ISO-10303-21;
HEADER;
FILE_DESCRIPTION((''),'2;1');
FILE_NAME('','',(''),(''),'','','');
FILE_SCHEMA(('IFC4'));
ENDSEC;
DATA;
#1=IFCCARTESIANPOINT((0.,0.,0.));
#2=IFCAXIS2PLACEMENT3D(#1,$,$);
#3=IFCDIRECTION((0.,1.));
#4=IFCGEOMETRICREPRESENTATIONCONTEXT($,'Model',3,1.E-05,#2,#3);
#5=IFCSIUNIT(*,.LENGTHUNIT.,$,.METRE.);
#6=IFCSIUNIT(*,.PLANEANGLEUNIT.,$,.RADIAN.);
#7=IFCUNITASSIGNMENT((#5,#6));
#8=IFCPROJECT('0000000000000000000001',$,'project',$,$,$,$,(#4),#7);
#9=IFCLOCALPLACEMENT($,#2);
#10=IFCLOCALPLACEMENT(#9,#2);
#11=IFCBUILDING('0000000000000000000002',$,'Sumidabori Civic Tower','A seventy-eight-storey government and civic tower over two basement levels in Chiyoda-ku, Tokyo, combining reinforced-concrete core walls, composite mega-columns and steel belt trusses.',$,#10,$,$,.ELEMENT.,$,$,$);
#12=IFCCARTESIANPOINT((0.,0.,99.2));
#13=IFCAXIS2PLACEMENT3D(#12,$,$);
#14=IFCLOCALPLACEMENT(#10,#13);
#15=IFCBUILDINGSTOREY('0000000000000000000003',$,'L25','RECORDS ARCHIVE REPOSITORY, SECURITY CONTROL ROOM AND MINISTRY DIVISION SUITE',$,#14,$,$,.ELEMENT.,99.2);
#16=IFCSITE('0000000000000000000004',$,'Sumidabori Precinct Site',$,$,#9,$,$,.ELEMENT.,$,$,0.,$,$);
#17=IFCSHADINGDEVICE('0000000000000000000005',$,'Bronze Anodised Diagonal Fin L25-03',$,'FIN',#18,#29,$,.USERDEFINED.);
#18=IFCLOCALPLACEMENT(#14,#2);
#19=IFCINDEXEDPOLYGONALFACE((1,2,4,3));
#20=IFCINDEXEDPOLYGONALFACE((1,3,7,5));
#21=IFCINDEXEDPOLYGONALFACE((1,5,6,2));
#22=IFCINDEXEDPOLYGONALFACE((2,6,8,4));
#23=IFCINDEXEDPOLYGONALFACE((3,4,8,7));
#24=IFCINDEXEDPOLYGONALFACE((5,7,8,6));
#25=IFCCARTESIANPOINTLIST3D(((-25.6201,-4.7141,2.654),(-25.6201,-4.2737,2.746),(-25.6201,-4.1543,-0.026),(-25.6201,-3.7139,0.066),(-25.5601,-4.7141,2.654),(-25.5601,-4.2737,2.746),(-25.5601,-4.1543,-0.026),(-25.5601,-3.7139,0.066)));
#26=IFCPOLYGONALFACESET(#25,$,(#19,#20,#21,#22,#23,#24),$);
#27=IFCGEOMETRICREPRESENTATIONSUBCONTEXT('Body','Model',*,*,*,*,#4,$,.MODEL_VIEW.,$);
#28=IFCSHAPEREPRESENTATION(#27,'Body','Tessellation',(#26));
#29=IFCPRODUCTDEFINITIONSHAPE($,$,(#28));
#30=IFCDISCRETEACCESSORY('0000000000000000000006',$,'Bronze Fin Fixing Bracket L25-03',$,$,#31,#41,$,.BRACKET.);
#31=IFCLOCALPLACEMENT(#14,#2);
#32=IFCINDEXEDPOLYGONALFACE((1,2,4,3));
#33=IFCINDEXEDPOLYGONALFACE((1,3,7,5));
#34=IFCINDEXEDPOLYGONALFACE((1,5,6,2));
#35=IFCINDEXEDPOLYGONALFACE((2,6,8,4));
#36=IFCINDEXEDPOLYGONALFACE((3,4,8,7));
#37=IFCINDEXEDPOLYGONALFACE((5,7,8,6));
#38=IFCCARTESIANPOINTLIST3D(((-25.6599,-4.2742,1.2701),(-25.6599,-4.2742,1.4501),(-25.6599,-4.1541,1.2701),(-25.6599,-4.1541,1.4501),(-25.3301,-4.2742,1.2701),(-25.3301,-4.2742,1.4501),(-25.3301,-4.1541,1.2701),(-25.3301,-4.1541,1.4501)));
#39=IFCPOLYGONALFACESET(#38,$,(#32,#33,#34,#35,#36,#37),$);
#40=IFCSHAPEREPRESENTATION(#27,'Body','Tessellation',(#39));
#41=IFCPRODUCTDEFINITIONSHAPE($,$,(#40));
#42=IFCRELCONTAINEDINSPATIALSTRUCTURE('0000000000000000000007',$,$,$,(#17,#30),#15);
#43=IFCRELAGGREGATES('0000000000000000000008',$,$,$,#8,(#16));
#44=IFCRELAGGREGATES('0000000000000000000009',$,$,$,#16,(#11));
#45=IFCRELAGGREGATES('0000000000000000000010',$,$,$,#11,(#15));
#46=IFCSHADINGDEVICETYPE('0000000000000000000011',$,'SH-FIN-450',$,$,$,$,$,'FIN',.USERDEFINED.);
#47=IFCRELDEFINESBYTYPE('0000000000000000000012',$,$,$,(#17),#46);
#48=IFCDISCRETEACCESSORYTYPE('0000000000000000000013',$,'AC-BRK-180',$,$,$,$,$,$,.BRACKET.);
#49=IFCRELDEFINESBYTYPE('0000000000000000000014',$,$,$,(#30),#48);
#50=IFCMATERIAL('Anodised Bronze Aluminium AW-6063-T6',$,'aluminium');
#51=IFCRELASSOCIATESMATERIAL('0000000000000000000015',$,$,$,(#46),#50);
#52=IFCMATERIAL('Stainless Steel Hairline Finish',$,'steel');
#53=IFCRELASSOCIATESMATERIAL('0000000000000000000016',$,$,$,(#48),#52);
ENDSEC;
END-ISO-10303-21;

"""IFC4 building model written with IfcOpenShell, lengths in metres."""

from ifc_helpers import new_model, si_unit, direction, frame, origin, origin_2d, place, context, subcontext, project, spatial, rectangle, extrude, source, transform, mapped, material, material_profile, profile_set, type_object, element, save


model = new_model("IFC4")

# Units and contexts
model_context = context("Model", 3, precision=1e-05, world=origin(), true_north=direction((0.0, 1.0)))
body_context = subcontext(model_context, "Body", "Model", "MODEL_VIEW")
ifc_project = project(units=[si_unit("LENGTHUNIT", "METRE"), si_unit("PLANEANGLEUNIT", "RADIAN")], contexts=[model_context])

# Site, building, storey
site_placement = place(None, origin())
site = spatial("IfcSite", under=ifc_project, at=site_placement, Name="Sumidabori Precinct Site", CompositionType="ELEMENT", RefElevation=0.0)
building_placement = place(site_placement, origin())
building = spatial("IfcBuilding", under=site, at=building_placement, Name="Sumidabori Civic Tower", Description="A seventy-eight-storey government and civic tower over two basement levels in Chiyoda-ku, Tokyo, combining reinforced-concrete core walls, composite mega-columns and steel belt trusses.", CompositionType="ELEMENT")
storey_placement = place(building_placement, frame((0.0, 0.0, 99.2)))
storey = spatial("IfcBuildingStorey", under=building, at=storey_placement, Name="L25", Description="RECORDS ARCHIVE REPOSITORY, SECURITY CONTROL ROOM AND MINISTRY DIVISION SUITE", CompositionType="ELEMENT", Elevation=99.2)

# Shared definitions
ifc_material_1 = material(Name="Anodised Bronze Aluminium AW-6063-T6", Category="aluminium")

# Shading device
ifc_material_profile_1 = material_profile(ifc_material_1, rectangle(XDim=0.0601, YDim=0.45, at=origin_2d()), Name="BRONZE FIN 450x60")
ifc_profile_set_1 = profile_set([ifc_material_profile_1], Name="Anodised Bronze Aluminium AW-6063-T6")
shading_device_type = type_object("IfcShadingDeviceType", Name="SH-FIN-450", ElementType="FIN", PredefinedType="USERDEFINED", material=ifc_profile_set_1)
shared_shape_1 = source(origin(), body_context, "Body", "SweptSolid", [
    extrude(rectangle(XDim=0.0601, YDim=0.45, at=origin_2d()), origin(), (0.0, 0.0, 1.0), 2.7378),
])
shading_device_placement = place(storey_placement, frame((-25.5901, -3.9341, 0.02), z_axis=(0.0, -0.204478, 0.978871), x_axis=(-1.0, 0.0, 0.0)))
element("IfcShadingDevice", 1, at=shading_device_placement, inside=storey, type_object=shading_device_type, Name="Bronze Anodised Diagonal Fin L25-03", ObjectType="FIN", PredefinedType="USERDEFINED", context=body_context, shape_type="MappedRepresentation", body=[
    mapped(shared_shape_1, transform((0.0, 0.0, 0.0), x_axis=(1.0, 0.0, 0.0), y_axis=(0.0, 1.0, 0.0), z_axis=(0.0, 0.0, 1.0), scale=1.0)),
])

# Discrete accessory
ifc_material_2 = material(Name="Stainless Steel Hairline Finish", Category="steel")
ifc_material_profile_2 = material_profile(ifc_material_2, rectangle(XDim=0.1201, YDim=0.1799, at=origin_2d()), Name="STEEL BRACKET 180x120")
ifc_profile_set_2 = profile_set([ifc_material_profile_2], Name="Stainless Steel Hairline Finish")
discrete_accessory_type = type_object("IfcDiscreteAccessoryType", Name="AC-BRK-180", PredefinedType="BRACKET", material=ifc_profile_set_2)
shared_shape_2 = source(origin(), body_context, "Body", "SweptSolid", [
    extrude(rectangle(XDim=0.1201, YDim=0.1799, at=origin_2d()), origin(), (0.0, 0.0, 1.0), 0.3298),
])
discrete_accessory_placement = place(storey_placement, frame((-25.3301, -4.2141, 1.3601), z_axis=(-1.0, 0.0, 0.0), x_axis=(0.0, -1.0, 0.0)))
element("IfcDiscreteAccessory", 2, at=discrete_accessory_placement, inside=storey, type_object=discrete_accessory_type, Name="Bronze Fin Fixing Bracket L25-03", PredefinedType="BRACKET", context=body_context, shape_type="MappedRepresentation", body=[
    mapped(shared_shape_2, transform((0.0, 0.0, 0.0), x_axis=(1.0, 0.0, 0.0), y_axis=(0.0, 1.0, 0.0), z_axis=(0.0, 0.0, 1.0), scale=1.0)),
])

save(model, "model.ifc")
